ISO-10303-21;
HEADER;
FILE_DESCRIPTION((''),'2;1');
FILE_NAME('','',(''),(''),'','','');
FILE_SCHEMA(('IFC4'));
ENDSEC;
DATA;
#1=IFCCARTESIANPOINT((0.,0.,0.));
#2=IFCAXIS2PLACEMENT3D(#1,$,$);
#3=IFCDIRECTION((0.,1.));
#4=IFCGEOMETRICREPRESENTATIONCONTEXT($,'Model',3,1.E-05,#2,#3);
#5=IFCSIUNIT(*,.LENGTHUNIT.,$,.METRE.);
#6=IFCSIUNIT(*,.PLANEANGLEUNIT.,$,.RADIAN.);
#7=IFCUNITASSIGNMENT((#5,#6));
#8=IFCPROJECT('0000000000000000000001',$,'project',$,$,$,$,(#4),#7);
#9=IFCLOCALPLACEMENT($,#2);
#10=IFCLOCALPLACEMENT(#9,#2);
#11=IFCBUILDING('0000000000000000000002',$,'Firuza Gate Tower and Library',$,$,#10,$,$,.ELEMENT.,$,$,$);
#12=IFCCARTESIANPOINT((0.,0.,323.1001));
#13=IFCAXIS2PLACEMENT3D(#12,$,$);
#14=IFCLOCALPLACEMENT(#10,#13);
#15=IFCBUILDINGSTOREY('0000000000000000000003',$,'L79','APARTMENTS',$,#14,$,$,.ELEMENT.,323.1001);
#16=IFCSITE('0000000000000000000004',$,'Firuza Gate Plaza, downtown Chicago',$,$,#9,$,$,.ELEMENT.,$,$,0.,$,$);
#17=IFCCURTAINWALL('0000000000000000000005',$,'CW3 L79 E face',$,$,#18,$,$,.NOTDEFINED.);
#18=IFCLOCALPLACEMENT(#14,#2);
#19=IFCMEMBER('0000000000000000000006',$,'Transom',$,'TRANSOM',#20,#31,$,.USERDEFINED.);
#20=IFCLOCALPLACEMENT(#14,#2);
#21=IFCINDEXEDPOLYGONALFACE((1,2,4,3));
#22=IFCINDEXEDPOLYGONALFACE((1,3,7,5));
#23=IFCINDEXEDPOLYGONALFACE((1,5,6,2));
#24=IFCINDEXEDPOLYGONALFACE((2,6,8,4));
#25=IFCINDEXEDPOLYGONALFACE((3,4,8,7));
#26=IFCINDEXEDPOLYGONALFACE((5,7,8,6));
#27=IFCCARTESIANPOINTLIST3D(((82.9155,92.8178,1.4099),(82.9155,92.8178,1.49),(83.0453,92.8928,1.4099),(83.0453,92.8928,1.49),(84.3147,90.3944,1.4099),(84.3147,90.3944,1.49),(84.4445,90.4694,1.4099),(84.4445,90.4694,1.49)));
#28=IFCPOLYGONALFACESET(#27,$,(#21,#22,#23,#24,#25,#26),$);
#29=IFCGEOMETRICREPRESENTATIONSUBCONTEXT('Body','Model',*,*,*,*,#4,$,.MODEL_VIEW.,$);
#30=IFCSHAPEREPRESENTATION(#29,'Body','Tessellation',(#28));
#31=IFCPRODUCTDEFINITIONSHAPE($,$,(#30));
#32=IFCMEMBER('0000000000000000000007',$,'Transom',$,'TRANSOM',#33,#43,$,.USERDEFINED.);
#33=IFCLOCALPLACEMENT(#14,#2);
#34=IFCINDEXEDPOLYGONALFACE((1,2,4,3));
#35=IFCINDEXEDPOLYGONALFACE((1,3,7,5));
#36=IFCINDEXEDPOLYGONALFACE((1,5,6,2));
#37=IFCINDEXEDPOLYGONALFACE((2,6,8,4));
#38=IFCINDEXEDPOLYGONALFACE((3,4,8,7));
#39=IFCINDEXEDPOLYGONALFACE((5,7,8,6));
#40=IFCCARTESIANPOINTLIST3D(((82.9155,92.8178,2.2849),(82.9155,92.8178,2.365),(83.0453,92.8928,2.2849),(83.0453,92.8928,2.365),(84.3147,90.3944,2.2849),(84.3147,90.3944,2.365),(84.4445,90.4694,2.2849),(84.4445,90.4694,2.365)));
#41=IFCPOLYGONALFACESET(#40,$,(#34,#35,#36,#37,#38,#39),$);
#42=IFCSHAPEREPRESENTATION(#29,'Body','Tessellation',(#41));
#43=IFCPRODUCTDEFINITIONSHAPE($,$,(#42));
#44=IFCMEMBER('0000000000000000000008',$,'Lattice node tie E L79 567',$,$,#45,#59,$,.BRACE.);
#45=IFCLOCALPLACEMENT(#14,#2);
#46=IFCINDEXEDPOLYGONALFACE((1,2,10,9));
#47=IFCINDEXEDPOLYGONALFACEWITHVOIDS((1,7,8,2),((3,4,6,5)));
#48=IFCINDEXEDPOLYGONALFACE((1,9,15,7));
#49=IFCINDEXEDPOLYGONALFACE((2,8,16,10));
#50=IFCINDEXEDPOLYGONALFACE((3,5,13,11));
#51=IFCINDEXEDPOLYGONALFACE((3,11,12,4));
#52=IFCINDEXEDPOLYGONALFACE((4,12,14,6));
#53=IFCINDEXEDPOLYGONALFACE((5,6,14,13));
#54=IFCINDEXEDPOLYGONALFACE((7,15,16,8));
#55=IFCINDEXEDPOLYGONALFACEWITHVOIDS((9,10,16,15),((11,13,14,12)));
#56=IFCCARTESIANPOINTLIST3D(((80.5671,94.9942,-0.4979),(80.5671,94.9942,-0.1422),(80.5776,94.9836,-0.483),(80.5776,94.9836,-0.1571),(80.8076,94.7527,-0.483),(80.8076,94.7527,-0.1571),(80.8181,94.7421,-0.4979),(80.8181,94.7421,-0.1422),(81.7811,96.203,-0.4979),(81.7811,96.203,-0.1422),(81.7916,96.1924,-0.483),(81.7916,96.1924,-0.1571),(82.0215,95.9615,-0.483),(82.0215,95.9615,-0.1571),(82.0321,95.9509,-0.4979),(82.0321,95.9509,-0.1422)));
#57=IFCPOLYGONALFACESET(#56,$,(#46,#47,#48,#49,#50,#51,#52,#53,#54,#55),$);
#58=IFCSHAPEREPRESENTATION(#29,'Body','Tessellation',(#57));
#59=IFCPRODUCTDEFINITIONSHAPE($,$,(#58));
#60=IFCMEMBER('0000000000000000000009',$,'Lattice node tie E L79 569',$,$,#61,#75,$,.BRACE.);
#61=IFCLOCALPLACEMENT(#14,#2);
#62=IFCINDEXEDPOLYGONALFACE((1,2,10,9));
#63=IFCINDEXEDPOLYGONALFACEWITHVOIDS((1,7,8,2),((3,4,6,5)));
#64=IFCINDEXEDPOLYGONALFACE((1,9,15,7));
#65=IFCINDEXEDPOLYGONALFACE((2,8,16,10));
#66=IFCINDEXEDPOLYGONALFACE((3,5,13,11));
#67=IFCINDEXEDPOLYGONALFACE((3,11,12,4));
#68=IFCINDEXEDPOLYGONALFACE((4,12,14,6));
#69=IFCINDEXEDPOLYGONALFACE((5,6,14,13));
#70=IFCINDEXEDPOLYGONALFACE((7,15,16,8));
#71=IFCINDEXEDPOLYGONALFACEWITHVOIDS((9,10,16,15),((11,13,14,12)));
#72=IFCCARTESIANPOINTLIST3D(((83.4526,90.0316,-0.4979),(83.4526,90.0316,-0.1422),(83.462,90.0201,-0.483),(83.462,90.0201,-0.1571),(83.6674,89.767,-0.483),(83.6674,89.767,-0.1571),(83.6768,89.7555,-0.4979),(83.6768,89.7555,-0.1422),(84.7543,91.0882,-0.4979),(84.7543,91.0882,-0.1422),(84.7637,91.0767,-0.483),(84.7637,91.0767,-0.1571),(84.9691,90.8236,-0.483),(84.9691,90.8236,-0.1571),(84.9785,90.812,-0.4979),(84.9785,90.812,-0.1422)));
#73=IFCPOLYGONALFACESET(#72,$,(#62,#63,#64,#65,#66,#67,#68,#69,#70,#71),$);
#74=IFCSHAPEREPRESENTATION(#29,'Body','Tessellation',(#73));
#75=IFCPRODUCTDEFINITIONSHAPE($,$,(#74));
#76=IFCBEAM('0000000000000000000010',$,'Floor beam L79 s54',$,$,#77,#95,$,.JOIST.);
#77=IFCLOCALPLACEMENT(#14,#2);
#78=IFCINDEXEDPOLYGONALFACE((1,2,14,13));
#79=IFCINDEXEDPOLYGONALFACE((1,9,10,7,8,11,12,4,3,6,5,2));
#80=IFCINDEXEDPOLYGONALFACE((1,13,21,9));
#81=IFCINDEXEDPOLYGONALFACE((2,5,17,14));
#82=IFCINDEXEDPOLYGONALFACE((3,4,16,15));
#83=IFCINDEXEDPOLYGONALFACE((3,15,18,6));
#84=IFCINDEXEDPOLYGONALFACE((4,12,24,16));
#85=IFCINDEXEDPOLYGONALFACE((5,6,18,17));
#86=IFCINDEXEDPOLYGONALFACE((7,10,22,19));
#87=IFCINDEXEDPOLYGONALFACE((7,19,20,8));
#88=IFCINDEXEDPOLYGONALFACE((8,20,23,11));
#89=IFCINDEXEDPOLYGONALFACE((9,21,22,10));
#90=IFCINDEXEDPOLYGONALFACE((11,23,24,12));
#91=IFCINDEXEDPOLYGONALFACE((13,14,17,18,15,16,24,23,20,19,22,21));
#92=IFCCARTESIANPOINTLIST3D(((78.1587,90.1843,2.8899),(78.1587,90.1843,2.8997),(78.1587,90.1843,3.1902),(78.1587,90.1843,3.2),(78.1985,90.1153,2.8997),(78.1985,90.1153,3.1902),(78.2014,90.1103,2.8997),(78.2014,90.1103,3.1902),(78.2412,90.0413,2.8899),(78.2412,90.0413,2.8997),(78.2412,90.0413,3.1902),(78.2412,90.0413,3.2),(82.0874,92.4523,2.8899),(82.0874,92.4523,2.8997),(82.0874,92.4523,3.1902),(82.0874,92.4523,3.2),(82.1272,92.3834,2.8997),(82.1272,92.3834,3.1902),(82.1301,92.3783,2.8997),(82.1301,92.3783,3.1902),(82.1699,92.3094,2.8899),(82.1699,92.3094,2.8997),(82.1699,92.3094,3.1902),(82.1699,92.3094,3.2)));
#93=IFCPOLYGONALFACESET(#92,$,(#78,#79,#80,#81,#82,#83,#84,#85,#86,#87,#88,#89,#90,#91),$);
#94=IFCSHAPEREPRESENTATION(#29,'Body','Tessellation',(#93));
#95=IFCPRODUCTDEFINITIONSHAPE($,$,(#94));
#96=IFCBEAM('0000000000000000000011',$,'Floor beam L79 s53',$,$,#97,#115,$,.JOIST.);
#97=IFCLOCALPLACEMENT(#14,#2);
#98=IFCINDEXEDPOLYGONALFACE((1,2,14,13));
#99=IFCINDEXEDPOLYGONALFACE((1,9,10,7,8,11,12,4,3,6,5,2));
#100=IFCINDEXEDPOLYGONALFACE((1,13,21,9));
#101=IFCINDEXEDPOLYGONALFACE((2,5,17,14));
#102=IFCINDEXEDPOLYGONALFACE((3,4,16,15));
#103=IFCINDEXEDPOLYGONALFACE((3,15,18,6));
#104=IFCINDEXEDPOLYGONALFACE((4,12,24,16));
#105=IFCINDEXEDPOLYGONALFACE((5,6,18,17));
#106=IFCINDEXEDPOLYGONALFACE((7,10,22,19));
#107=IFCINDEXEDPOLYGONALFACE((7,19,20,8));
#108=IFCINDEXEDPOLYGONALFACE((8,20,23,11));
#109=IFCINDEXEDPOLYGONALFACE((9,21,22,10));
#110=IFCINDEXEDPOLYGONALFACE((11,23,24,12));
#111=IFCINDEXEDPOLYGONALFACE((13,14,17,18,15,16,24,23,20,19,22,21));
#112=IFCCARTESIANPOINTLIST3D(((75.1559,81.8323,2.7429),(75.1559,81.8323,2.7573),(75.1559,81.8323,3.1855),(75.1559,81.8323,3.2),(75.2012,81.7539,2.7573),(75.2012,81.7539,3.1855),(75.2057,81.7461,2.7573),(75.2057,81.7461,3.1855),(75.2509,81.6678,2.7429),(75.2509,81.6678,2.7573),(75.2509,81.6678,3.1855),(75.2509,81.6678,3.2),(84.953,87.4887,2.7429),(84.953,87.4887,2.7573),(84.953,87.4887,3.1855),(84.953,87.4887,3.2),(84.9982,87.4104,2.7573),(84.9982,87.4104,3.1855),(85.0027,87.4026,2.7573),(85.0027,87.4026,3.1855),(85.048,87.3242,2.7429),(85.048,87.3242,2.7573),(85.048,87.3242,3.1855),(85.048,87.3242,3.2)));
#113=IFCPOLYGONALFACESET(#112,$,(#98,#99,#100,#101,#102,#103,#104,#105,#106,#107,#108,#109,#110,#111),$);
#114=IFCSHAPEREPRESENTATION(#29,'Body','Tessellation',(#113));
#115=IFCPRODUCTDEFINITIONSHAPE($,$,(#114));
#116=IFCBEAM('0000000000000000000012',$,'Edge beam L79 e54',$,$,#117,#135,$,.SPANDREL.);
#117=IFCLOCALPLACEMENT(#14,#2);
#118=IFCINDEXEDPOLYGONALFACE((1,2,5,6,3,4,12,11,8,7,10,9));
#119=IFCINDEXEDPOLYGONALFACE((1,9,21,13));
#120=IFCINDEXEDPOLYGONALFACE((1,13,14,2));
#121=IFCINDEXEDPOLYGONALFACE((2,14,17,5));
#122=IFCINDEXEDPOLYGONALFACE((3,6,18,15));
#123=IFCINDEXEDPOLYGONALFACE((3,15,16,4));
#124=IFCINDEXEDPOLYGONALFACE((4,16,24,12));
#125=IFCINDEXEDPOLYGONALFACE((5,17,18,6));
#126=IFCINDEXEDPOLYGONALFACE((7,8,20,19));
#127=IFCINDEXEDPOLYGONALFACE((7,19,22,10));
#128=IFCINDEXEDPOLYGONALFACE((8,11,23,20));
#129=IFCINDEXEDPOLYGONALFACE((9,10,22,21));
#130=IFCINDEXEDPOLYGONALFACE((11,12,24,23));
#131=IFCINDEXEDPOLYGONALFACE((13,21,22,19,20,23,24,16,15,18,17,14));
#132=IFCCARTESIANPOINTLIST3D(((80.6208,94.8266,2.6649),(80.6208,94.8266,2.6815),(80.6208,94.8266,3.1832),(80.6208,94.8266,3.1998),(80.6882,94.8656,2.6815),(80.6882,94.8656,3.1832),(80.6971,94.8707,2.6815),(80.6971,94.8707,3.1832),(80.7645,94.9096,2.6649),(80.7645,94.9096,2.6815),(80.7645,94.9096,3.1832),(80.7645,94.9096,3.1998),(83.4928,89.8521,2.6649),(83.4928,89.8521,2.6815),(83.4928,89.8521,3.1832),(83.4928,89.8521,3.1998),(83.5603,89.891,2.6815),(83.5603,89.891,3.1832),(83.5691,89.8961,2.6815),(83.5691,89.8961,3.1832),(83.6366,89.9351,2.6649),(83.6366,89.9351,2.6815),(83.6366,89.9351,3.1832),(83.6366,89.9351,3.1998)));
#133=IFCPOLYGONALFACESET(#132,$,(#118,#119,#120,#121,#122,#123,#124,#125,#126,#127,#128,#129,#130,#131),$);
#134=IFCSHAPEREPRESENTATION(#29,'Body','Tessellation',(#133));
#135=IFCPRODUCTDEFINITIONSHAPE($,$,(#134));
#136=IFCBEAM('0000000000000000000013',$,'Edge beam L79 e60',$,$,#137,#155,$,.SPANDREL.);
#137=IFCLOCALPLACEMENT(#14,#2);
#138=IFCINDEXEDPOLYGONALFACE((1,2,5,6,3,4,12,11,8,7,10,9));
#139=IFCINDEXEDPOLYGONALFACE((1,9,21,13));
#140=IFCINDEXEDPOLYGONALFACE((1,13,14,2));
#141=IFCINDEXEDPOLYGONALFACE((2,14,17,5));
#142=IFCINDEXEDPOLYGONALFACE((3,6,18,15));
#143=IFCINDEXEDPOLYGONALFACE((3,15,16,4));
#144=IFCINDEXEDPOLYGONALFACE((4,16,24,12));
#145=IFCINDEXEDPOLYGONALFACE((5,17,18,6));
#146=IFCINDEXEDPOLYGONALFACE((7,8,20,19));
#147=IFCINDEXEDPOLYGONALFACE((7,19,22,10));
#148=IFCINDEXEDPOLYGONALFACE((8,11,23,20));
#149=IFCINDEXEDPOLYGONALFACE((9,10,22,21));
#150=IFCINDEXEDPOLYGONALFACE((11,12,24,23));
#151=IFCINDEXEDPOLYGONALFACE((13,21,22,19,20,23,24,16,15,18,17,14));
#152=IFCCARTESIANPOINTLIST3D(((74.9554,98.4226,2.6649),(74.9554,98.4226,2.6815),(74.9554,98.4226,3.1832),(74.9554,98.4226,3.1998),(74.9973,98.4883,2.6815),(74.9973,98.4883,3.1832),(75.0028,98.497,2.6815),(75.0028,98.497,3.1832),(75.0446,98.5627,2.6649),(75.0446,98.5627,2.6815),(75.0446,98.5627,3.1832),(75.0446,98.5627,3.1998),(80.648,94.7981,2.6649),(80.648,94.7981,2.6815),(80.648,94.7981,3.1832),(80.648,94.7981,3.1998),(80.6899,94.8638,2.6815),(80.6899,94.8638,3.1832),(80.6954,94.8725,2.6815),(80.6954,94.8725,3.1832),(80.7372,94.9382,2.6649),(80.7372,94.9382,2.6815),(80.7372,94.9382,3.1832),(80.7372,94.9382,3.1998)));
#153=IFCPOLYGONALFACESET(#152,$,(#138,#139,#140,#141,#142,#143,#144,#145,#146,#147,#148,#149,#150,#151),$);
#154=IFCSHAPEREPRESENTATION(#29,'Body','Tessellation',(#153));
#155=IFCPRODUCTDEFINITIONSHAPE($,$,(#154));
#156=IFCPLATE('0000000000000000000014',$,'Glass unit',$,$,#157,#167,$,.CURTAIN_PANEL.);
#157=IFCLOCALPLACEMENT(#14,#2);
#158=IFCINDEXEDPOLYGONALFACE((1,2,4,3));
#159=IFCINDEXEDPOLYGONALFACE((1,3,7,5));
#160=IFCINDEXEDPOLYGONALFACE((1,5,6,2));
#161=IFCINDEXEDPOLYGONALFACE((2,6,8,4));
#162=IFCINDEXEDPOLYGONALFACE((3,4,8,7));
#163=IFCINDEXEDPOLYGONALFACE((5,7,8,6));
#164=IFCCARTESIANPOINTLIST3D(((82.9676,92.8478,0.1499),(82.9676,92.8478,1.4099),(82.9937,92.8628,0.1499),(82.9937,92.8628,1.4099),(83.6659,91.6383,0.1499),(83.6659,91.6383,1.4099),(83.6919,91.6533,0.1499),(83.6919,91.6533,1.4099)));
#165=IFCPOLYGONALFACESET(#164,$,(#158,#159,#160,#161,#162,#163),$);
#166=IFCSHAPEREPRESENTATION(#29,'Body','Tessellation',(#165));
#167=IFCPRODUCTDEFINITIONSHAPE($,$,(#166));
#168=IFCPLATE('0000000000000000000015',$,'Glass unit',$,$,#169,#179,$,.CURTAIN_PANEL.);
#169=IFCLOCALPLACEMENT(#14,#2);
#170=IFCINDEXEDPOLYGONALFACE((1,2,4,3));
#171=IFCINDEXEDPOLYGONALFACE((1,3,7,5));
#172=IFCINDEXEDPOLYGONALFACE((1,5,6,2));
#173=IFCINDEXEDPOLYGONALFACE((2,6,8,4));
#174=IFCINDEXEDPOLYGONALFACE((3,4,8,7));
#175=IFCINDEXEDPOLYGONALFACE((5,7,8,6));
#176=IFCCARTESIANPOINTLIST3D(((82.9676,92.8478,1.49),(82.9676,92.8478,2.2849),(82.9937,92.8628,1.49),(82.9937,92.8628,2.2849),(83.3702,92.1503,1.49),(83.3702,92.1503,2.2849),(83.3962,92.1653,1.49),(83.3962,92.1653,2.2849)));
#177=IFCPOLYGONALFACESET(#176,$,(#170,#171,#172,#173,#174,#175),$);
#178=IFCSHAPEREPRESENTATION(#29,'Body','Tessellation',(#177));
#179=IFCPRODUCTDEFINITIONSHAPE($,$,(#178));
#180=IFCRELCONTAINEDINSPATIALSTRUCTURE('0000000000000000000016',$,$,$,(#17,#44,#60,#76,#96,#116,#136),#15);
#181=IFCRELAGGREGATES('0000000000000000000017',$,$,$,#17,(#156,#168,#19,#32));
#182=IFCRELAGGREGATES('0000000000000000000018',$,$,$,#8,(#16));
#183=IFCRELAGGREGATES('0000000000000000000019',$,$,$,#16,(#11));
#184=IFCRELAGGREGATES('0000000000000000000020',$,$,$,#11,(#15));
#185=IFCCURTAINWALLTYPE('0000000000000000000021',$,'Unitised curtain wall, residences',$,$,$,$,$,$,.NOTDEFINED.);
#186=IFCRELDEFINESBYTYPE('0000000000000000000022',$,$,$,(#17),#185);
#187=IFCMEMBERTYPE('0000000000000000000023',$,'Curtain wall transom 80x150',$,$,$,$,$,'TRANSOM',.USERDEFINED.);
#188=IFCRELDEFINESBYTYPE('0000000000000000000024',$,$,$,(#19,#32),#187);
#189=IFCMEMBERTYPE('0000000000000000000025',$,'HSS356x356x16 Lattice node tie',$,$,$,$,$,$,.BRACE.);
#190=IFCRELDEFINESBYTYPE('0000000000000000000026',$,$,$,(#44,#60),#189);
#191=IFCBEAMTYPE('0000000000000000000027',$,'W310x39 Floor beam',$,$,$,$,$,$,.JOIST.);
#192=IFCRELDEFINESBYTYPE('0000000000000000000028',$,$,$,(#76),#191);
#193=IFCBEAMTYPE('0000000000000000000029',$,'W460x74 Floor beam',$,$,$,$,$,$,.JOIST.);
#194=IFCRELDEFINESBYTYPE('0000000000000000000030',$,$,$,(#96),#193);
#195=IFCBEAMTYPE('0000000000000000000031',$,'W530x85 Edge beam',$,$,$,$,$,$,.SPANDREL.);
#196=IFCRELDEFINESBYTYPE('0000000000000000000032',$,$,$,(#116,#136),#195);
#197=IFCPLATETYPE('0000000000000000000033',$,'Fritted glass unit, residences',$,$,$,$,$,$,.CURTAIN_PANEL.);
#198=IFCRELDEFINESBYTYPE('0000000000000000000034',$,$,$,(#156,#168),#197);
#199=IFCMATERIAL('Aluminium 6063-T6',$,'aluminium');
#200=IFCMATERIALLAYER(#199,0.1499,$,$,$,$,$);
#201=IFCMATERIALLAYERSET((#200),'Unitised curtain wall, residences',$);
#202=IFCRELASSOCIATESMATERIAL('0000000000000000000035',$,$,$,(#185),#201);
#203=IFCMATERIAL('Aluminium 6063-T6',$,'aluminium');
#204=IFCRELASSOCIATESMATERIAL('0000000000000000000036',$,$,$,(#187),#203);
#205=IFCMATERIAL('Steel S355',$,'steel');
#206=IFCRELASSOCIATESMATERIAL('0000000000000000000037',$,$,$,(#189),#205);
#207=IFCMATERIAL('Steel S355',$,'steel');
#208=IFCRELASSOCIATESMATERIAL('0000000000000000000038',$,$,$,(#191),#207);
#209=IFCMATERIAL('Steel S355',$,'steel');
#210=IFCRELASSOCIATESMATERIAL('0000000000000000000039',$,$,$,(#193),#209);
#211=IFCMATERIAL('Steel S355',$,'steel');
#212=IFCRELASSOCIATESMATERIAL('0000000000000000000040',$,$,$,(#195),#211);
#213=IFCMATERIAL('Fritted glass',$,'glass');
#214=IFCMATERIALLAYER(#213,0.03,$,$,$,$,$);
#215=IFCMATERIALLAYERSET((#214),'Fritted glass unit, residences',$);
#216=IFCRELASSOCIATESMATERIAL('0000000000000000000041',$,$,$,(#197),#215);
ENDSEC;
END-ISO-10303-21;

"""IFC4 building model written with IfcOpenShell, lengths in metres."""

from ifc_helpers import new_model, si_unit, direction, frame, origin, origin_2d, place, context, subcontext, project, spatial, polyline, rectangle, hollow_rectangle, i_section, outline, extrude, material, layer, layer_set, material_profile, profile_set, type_object, element, aggregate, save


model = new_model("IFC4")

# Units and contexts
model_context = context("Model", 3, precision=1e-05, world=origin(), true_north=direction((0.0, 1.0)))
body_context = subcontext(model_context, "Body", "Model", "MODEL_VIEW")
ifc_project = project(units=[si_unit("LENGTHUNIT", "METRE"), si_unit("PLANEANGLEUNIT", "RADIAN")], contexts=[model_context])

# Site, building, storey
site_placement = place(None, origin())
site = spatial("IfcSite", under=ifc_project, at=site_placement, Name="Firuza Gate Plaza, downtown Chicago", CompositionType="ELEMENT", RefElevation=0.0)
building_placement = place(site_placement, origin())
building = spatial("IfcBuilding", under=site, at=building_placement, Name="Firuza Gate Tower and Library", CompositionType="ELEMENT")
storey_placement = place(building_placement, frame((0.0, 0.0, 323.1001)))
storey = spatial("IfcBuildingStorey", under=building, at=storey_placement, Name="L79", Description="APARTMENTS", CompositionType="ELEMENT", Elevation=323.1001)

# Curtain wall, members
ifc_material_1 = material(Name="Aluminium 6063-T6", Category="aluminium")
ifc_layer_1 = layer(ifc_material_1, 0.1499)
ifc_layer_set_1 = layer_set([ifc_layer_1], Name="Unitised curtain wall, residences")
curtain_wall_type = type_object("IfcCurtainWallType", Name="Unitised curtain wall, residences", PredefinedType="NOTDEFINED", material=ifc_layer_set_1)
curtain_wall_placement = place(storey_placement, origin())
curtain_wall = element("IfcCurtainWall", 1, at=curtain_wall_placement, inside=storey, type_object=curtain_wall_type, Name="CW3 L79 E face", PredefinedType="NOTDEFINED")
ifc_material_2 = material(Name="Aluminium 6063-T6", Category="aluminium")
ifc_material_profile_1 = material_profile(ifc_material_2, rectangle(XDim=0.1499, YDim=0.0801, at=origin_2d()))
ifc_profile_set_1 = profile_set([ifc_material_profile_1], Name="Aluminium 6063-T6")
member_type_1 = type_object("IfcMemberType", Name="Curtain wall transom 80x150", ElementType="TRANSOM", PredefinedType="USERDEFINED", material=ifc_profile_set_1)
member_1_placement = place(storey_placement, frame((84.3796, 90.4319, 1.45), z_axis=(-0.500014, 0.866017, 0.0), x_axis=(-0.866017, -0.500014, 0.0)))
member_1 = element("IfcMember", 2, at=member_1_placement, type_object=member_type_1, Name="Transom", ObjectType="TRANSOM", PredefinedType="USERDEFINED", context=body_context, shape_type="SweptSolid", body=[
    extrude(rectangle(XDim=0.1499, YDim=0.0801, at=origin_2d()), origin(), (0.0, 0.0, 1.0), 2.7983),
])
member_2_placement = place(storey_placement, frame((84.3796, 90.4319, 2.325), z_axis=(-0.500014, 0.866017, 0.0), x_axis=(-0.866017, -0.500014, 0.0)))
member_2 = element("IfcMember", 3, at=member_2_placement, type_object=member_type_1, Name="Transom", ObjectType="TRANSOM", PredefinedType="USERDEFINED", context=body_context, shape_type="SweptSolid", body=[
    extrude(rectangle(XDim=0.1499, YDim=0.0801, at=origin_2d()), origin(), (0.0, 0.0, 1.0), 2.7983),
])

# Members
ifc_material_3 = material(Name="Steel S355", Category="steel")
ifc_material_profile_2 = material_profile(ifc_material_3, hollow_rectangle(XDim=0.3557, YDim=0.3557, WallThickness=0.0149, at=origin_2d()))
ifc_profile_set_2 = profile_set([ifc_material_profile_2], Name="Steel S355")
member_type_2 = type_object("IfcMemberType", Name="HSS356x356x16 Lattice node tie", PredefinedType="BRACE", material=ifc_profile_set_2)
member_3_placement = place(storey_placement, frame((80.6926, 94.8682, -0.3201), z_axis=(0.708602, 0.705609, 0.0), x_axis=(-0.705609, 0.708602, 0.0)))
element("IfcMember", 4, at=member_3_placement, inside=storey, type_object=member_type_2, Name="Lattice node tie E L79 567", PredefinedType="BRACE", context=body_context, shape_type="SweptSolid", body=[
    extrude(hollow_rectangle(XDim=0.3557, YDim=0.3557, WallThickness=0.0149, at=origin_2d()), origin(), (0.0, 0.0, 1.0), 1.7131),
])
member_4_placement = place(storey_placement, frame((83.5647, 89.8936, -0.3201), z_axis=(0.776417, 0.63022, 0.0), x_axis=(-0.63022, 0.776417, 0.0)))
element("IfcMember", 5, at=member_4_placement, inside=storey, type_object=member_type_2, Name="Lattice node tie E L79 569", PredefinedType="BRACE", context=body_context, shape_type="SweptSolid", body=[
    extrude(hollow_rectangle(XDim=0.3557, YDim=0.3557, WallThickness=0.0149, at=origin_2d()), origin(), (0.0, 0.0, 1.0), 1.6765),
])

# Beams
ifc_material_4 = material(Name="Steel S355", Category="steel")
ifc_material_profile_3 = material_profile(ifc_material_4, i_section(OverallWidth=0.165, OverallDepth=0.3101, WebThickness=0.0059, FlangeThickness=0.0098, at=origin_2d()))
ifc_profile_set_3 = profile_set([ifc_material_profile_3], Name="Steel S355")
beam_type_1 = type_object("IfcBeamType", Name="W310x39 Floor beam", PredefinedType="JOIST", material=ifc_profile_set_3)
beam_1_placement = place(storey_placement, frame((82.1287, 92.3809, 3.0449), z_axis=(-0.866042, -0.499971, 0.0), x_axis=(0.499971, -0.866042, 0.0)))
element("IfcBeam", 6, at=beam_1_placement, inside=storey, type_object=beam_type_1, Name="Floor beam L79 s54", PredefinedType="JOIST", context=body_context, shape_type="SweptSolid", body=[
    extrude(i_section(OverallWidth=0.165, OverallDepth=0.3101, WebThickness=0.0059, FlangeThickness=0.0098, at=origin_2d()), origin(), (0.0, 0.0, 1.0), 4.5364),
])
ifc_material_5 = material(Name="Steel S355", Category="steel")
ifc_material_profile_4 = material_profile(ifc_material_5, i_section(OverallWidth=0.1899, OverallDepth=0.457, WebThickness=0.009, FlangeThickness=0.0144, at=origin_2d()))
ifc_profile_set_4 = profile_set([ifc_material_profile_4], Name="Steel S355")
beam_type_2 = type_object("IfcBeamType", Name="W460x74 Floor beam", PredefinedType="JOIST", material=ifc_profile_set_4)
beam_2_placement = place(storey_placement, frame((85.0005, 87.4065, 2.9714), z_axis=(-0.866021, -0.500008, 0.0), x_axis=(0.500008, -0.866021, 0.0)))
element("IfcBeam", 7, at=beam_2_placement, inside=storey, type_object=beam_type_2, Name="Floor beam L79 s53", PredefinedType="JOIST", context=body_context, shape_type="SweptSolid", body=[
    extrude(i_section(OverallWidth=0.1899, OverallDepth=0.457, WebThickness=0.009, FlangeThickness=0.0144, at=origin_2d()), origin(), (0.0, 0.0, 1.0), 11.3127),
])
ifc_material_6 = material(Name="Steel S355", Category="steel")
ifc_material_profile_5 = material_profile(ifc_material_6, i_section(OverallWidth=0.166, OverallDepth=0.5349, WebThickness=0.0103, FlangeThickness=0.0166, at=origin_2d()))
ifc_profile_set_5 = profile_set([ifc_material_profile_5], Name="Steel S355")
beam_type_3 = type_object("IfcBeamType", Name="W530x85 Edge beam", PredefinedType="SPANDREL", material=ifc_profile_set_5)
beam_3_placement = place(storey_placement, frame((83.5647, 89.8936, 2.9324), z_axis=(-0.499997, 0.866027, 0.0), x_axis=(-0.866027, -0.499997, 0.0)))
element("IfcBeam", 8, at=beam_3_placement, inside=storey, type_object=beam_type_3, Name="Edge beam L79 e54", PredefinedType="SPANDREL", context=body_context, shape_type="SweptSolid", body=[
    extrude(i_section(OverallWidth=0.166, OverallDepth=0.5349, WebThickness=0.0103, FlangeThickness=0.0166, at=origin_2d()), origin(), (0.0, 0.0, 1.0), 5.7441),
])
beam_4_placement = place(storey_placement, frame((80.6926, 94.8682, 2.9324), z_axis=(-0.843532, 0.537079, 0.0), x_axis=(-0.537079, -0.843532, 0.0)))
element("IfcBeam", 9, at=beam_4_placement, inside=storey, type_object=beam_type_3, Name="Edge beam L79 e60", PredefinedType="SPANDREL", context=body_context, shape_type="SweptSolid", body=[
    extrude(i_section(OverallWidth=0.166, OverallDepth=0.5349, WebThickness=0.0103, FlangeThickness=0.0166, at=origin_2d()), origin(), (0.0, 0.0, 1.0), 6.7485),
])

# Plates
ifc_material_7 = material(Name="Fritted glass", Category="glass")
ifc_layer_2 = layer(ifc_material_7, 0.03)
ifc_layer_set_2 = layer_set([ifc_layer_2], Name="Fritted glass unit, residences")
plate_type_1 = type_object("IfcPlateType", Name="Fritted glass unit, residences", PredefinedType="CURTAIN_PANEL", material=ifc_layer_set_2)
plate_1_placement = place(storey_placement, frame((83.6919, 91.6533, 0.1499), z_axis=(0.86604, 0.499975, 0.0), x_axis=(-0.499975, 0.86604, 0.0)))
plate_1 = element("IfcPlate", 10, at=plate_1_placement, type_object=plate_type_1, Name="Glass unit", PredefinedType="CURTAIN_PANEL", context=body_context, shape_type="SweptSolid", body=[
    extrude(outline(polyline([(0.0, 0.0), (1.3966, 0.0), (1.3966, 1.26), (0.0, 1.26), (0.0, 0.0)])), origin(), (0.0, 0.0, -1.0), 0.03),
])
plate_2_placement = place(storey_placement, frame((83.3962, 92.1653, 1.49), z_axis=(0.86609, 0.499889, 0.0), x_axis=(-0.499889, 0.86609, 0.0)))
plate_2 = element("IfcPlate", 11, at=plate_2_placement, type_object=plate_type_1, Name="Glass unit", PredefinedType="CURTAIN_PANEL", context=body_context, shape_type="SweptSolid", body=[
    extrude(outline(polyline([(0.0, 0.0), (0.8054, 0.0), (0.8054, 0.7949), (0.0, 0.7949), (0.0, 0.0)])), origin(), (0.0, 0.0, -1.0), 0.03),
])
aggregate(curtain_wall, [plate_1, plate_2, member_1, member_2])

save(model, "model.ifc")
